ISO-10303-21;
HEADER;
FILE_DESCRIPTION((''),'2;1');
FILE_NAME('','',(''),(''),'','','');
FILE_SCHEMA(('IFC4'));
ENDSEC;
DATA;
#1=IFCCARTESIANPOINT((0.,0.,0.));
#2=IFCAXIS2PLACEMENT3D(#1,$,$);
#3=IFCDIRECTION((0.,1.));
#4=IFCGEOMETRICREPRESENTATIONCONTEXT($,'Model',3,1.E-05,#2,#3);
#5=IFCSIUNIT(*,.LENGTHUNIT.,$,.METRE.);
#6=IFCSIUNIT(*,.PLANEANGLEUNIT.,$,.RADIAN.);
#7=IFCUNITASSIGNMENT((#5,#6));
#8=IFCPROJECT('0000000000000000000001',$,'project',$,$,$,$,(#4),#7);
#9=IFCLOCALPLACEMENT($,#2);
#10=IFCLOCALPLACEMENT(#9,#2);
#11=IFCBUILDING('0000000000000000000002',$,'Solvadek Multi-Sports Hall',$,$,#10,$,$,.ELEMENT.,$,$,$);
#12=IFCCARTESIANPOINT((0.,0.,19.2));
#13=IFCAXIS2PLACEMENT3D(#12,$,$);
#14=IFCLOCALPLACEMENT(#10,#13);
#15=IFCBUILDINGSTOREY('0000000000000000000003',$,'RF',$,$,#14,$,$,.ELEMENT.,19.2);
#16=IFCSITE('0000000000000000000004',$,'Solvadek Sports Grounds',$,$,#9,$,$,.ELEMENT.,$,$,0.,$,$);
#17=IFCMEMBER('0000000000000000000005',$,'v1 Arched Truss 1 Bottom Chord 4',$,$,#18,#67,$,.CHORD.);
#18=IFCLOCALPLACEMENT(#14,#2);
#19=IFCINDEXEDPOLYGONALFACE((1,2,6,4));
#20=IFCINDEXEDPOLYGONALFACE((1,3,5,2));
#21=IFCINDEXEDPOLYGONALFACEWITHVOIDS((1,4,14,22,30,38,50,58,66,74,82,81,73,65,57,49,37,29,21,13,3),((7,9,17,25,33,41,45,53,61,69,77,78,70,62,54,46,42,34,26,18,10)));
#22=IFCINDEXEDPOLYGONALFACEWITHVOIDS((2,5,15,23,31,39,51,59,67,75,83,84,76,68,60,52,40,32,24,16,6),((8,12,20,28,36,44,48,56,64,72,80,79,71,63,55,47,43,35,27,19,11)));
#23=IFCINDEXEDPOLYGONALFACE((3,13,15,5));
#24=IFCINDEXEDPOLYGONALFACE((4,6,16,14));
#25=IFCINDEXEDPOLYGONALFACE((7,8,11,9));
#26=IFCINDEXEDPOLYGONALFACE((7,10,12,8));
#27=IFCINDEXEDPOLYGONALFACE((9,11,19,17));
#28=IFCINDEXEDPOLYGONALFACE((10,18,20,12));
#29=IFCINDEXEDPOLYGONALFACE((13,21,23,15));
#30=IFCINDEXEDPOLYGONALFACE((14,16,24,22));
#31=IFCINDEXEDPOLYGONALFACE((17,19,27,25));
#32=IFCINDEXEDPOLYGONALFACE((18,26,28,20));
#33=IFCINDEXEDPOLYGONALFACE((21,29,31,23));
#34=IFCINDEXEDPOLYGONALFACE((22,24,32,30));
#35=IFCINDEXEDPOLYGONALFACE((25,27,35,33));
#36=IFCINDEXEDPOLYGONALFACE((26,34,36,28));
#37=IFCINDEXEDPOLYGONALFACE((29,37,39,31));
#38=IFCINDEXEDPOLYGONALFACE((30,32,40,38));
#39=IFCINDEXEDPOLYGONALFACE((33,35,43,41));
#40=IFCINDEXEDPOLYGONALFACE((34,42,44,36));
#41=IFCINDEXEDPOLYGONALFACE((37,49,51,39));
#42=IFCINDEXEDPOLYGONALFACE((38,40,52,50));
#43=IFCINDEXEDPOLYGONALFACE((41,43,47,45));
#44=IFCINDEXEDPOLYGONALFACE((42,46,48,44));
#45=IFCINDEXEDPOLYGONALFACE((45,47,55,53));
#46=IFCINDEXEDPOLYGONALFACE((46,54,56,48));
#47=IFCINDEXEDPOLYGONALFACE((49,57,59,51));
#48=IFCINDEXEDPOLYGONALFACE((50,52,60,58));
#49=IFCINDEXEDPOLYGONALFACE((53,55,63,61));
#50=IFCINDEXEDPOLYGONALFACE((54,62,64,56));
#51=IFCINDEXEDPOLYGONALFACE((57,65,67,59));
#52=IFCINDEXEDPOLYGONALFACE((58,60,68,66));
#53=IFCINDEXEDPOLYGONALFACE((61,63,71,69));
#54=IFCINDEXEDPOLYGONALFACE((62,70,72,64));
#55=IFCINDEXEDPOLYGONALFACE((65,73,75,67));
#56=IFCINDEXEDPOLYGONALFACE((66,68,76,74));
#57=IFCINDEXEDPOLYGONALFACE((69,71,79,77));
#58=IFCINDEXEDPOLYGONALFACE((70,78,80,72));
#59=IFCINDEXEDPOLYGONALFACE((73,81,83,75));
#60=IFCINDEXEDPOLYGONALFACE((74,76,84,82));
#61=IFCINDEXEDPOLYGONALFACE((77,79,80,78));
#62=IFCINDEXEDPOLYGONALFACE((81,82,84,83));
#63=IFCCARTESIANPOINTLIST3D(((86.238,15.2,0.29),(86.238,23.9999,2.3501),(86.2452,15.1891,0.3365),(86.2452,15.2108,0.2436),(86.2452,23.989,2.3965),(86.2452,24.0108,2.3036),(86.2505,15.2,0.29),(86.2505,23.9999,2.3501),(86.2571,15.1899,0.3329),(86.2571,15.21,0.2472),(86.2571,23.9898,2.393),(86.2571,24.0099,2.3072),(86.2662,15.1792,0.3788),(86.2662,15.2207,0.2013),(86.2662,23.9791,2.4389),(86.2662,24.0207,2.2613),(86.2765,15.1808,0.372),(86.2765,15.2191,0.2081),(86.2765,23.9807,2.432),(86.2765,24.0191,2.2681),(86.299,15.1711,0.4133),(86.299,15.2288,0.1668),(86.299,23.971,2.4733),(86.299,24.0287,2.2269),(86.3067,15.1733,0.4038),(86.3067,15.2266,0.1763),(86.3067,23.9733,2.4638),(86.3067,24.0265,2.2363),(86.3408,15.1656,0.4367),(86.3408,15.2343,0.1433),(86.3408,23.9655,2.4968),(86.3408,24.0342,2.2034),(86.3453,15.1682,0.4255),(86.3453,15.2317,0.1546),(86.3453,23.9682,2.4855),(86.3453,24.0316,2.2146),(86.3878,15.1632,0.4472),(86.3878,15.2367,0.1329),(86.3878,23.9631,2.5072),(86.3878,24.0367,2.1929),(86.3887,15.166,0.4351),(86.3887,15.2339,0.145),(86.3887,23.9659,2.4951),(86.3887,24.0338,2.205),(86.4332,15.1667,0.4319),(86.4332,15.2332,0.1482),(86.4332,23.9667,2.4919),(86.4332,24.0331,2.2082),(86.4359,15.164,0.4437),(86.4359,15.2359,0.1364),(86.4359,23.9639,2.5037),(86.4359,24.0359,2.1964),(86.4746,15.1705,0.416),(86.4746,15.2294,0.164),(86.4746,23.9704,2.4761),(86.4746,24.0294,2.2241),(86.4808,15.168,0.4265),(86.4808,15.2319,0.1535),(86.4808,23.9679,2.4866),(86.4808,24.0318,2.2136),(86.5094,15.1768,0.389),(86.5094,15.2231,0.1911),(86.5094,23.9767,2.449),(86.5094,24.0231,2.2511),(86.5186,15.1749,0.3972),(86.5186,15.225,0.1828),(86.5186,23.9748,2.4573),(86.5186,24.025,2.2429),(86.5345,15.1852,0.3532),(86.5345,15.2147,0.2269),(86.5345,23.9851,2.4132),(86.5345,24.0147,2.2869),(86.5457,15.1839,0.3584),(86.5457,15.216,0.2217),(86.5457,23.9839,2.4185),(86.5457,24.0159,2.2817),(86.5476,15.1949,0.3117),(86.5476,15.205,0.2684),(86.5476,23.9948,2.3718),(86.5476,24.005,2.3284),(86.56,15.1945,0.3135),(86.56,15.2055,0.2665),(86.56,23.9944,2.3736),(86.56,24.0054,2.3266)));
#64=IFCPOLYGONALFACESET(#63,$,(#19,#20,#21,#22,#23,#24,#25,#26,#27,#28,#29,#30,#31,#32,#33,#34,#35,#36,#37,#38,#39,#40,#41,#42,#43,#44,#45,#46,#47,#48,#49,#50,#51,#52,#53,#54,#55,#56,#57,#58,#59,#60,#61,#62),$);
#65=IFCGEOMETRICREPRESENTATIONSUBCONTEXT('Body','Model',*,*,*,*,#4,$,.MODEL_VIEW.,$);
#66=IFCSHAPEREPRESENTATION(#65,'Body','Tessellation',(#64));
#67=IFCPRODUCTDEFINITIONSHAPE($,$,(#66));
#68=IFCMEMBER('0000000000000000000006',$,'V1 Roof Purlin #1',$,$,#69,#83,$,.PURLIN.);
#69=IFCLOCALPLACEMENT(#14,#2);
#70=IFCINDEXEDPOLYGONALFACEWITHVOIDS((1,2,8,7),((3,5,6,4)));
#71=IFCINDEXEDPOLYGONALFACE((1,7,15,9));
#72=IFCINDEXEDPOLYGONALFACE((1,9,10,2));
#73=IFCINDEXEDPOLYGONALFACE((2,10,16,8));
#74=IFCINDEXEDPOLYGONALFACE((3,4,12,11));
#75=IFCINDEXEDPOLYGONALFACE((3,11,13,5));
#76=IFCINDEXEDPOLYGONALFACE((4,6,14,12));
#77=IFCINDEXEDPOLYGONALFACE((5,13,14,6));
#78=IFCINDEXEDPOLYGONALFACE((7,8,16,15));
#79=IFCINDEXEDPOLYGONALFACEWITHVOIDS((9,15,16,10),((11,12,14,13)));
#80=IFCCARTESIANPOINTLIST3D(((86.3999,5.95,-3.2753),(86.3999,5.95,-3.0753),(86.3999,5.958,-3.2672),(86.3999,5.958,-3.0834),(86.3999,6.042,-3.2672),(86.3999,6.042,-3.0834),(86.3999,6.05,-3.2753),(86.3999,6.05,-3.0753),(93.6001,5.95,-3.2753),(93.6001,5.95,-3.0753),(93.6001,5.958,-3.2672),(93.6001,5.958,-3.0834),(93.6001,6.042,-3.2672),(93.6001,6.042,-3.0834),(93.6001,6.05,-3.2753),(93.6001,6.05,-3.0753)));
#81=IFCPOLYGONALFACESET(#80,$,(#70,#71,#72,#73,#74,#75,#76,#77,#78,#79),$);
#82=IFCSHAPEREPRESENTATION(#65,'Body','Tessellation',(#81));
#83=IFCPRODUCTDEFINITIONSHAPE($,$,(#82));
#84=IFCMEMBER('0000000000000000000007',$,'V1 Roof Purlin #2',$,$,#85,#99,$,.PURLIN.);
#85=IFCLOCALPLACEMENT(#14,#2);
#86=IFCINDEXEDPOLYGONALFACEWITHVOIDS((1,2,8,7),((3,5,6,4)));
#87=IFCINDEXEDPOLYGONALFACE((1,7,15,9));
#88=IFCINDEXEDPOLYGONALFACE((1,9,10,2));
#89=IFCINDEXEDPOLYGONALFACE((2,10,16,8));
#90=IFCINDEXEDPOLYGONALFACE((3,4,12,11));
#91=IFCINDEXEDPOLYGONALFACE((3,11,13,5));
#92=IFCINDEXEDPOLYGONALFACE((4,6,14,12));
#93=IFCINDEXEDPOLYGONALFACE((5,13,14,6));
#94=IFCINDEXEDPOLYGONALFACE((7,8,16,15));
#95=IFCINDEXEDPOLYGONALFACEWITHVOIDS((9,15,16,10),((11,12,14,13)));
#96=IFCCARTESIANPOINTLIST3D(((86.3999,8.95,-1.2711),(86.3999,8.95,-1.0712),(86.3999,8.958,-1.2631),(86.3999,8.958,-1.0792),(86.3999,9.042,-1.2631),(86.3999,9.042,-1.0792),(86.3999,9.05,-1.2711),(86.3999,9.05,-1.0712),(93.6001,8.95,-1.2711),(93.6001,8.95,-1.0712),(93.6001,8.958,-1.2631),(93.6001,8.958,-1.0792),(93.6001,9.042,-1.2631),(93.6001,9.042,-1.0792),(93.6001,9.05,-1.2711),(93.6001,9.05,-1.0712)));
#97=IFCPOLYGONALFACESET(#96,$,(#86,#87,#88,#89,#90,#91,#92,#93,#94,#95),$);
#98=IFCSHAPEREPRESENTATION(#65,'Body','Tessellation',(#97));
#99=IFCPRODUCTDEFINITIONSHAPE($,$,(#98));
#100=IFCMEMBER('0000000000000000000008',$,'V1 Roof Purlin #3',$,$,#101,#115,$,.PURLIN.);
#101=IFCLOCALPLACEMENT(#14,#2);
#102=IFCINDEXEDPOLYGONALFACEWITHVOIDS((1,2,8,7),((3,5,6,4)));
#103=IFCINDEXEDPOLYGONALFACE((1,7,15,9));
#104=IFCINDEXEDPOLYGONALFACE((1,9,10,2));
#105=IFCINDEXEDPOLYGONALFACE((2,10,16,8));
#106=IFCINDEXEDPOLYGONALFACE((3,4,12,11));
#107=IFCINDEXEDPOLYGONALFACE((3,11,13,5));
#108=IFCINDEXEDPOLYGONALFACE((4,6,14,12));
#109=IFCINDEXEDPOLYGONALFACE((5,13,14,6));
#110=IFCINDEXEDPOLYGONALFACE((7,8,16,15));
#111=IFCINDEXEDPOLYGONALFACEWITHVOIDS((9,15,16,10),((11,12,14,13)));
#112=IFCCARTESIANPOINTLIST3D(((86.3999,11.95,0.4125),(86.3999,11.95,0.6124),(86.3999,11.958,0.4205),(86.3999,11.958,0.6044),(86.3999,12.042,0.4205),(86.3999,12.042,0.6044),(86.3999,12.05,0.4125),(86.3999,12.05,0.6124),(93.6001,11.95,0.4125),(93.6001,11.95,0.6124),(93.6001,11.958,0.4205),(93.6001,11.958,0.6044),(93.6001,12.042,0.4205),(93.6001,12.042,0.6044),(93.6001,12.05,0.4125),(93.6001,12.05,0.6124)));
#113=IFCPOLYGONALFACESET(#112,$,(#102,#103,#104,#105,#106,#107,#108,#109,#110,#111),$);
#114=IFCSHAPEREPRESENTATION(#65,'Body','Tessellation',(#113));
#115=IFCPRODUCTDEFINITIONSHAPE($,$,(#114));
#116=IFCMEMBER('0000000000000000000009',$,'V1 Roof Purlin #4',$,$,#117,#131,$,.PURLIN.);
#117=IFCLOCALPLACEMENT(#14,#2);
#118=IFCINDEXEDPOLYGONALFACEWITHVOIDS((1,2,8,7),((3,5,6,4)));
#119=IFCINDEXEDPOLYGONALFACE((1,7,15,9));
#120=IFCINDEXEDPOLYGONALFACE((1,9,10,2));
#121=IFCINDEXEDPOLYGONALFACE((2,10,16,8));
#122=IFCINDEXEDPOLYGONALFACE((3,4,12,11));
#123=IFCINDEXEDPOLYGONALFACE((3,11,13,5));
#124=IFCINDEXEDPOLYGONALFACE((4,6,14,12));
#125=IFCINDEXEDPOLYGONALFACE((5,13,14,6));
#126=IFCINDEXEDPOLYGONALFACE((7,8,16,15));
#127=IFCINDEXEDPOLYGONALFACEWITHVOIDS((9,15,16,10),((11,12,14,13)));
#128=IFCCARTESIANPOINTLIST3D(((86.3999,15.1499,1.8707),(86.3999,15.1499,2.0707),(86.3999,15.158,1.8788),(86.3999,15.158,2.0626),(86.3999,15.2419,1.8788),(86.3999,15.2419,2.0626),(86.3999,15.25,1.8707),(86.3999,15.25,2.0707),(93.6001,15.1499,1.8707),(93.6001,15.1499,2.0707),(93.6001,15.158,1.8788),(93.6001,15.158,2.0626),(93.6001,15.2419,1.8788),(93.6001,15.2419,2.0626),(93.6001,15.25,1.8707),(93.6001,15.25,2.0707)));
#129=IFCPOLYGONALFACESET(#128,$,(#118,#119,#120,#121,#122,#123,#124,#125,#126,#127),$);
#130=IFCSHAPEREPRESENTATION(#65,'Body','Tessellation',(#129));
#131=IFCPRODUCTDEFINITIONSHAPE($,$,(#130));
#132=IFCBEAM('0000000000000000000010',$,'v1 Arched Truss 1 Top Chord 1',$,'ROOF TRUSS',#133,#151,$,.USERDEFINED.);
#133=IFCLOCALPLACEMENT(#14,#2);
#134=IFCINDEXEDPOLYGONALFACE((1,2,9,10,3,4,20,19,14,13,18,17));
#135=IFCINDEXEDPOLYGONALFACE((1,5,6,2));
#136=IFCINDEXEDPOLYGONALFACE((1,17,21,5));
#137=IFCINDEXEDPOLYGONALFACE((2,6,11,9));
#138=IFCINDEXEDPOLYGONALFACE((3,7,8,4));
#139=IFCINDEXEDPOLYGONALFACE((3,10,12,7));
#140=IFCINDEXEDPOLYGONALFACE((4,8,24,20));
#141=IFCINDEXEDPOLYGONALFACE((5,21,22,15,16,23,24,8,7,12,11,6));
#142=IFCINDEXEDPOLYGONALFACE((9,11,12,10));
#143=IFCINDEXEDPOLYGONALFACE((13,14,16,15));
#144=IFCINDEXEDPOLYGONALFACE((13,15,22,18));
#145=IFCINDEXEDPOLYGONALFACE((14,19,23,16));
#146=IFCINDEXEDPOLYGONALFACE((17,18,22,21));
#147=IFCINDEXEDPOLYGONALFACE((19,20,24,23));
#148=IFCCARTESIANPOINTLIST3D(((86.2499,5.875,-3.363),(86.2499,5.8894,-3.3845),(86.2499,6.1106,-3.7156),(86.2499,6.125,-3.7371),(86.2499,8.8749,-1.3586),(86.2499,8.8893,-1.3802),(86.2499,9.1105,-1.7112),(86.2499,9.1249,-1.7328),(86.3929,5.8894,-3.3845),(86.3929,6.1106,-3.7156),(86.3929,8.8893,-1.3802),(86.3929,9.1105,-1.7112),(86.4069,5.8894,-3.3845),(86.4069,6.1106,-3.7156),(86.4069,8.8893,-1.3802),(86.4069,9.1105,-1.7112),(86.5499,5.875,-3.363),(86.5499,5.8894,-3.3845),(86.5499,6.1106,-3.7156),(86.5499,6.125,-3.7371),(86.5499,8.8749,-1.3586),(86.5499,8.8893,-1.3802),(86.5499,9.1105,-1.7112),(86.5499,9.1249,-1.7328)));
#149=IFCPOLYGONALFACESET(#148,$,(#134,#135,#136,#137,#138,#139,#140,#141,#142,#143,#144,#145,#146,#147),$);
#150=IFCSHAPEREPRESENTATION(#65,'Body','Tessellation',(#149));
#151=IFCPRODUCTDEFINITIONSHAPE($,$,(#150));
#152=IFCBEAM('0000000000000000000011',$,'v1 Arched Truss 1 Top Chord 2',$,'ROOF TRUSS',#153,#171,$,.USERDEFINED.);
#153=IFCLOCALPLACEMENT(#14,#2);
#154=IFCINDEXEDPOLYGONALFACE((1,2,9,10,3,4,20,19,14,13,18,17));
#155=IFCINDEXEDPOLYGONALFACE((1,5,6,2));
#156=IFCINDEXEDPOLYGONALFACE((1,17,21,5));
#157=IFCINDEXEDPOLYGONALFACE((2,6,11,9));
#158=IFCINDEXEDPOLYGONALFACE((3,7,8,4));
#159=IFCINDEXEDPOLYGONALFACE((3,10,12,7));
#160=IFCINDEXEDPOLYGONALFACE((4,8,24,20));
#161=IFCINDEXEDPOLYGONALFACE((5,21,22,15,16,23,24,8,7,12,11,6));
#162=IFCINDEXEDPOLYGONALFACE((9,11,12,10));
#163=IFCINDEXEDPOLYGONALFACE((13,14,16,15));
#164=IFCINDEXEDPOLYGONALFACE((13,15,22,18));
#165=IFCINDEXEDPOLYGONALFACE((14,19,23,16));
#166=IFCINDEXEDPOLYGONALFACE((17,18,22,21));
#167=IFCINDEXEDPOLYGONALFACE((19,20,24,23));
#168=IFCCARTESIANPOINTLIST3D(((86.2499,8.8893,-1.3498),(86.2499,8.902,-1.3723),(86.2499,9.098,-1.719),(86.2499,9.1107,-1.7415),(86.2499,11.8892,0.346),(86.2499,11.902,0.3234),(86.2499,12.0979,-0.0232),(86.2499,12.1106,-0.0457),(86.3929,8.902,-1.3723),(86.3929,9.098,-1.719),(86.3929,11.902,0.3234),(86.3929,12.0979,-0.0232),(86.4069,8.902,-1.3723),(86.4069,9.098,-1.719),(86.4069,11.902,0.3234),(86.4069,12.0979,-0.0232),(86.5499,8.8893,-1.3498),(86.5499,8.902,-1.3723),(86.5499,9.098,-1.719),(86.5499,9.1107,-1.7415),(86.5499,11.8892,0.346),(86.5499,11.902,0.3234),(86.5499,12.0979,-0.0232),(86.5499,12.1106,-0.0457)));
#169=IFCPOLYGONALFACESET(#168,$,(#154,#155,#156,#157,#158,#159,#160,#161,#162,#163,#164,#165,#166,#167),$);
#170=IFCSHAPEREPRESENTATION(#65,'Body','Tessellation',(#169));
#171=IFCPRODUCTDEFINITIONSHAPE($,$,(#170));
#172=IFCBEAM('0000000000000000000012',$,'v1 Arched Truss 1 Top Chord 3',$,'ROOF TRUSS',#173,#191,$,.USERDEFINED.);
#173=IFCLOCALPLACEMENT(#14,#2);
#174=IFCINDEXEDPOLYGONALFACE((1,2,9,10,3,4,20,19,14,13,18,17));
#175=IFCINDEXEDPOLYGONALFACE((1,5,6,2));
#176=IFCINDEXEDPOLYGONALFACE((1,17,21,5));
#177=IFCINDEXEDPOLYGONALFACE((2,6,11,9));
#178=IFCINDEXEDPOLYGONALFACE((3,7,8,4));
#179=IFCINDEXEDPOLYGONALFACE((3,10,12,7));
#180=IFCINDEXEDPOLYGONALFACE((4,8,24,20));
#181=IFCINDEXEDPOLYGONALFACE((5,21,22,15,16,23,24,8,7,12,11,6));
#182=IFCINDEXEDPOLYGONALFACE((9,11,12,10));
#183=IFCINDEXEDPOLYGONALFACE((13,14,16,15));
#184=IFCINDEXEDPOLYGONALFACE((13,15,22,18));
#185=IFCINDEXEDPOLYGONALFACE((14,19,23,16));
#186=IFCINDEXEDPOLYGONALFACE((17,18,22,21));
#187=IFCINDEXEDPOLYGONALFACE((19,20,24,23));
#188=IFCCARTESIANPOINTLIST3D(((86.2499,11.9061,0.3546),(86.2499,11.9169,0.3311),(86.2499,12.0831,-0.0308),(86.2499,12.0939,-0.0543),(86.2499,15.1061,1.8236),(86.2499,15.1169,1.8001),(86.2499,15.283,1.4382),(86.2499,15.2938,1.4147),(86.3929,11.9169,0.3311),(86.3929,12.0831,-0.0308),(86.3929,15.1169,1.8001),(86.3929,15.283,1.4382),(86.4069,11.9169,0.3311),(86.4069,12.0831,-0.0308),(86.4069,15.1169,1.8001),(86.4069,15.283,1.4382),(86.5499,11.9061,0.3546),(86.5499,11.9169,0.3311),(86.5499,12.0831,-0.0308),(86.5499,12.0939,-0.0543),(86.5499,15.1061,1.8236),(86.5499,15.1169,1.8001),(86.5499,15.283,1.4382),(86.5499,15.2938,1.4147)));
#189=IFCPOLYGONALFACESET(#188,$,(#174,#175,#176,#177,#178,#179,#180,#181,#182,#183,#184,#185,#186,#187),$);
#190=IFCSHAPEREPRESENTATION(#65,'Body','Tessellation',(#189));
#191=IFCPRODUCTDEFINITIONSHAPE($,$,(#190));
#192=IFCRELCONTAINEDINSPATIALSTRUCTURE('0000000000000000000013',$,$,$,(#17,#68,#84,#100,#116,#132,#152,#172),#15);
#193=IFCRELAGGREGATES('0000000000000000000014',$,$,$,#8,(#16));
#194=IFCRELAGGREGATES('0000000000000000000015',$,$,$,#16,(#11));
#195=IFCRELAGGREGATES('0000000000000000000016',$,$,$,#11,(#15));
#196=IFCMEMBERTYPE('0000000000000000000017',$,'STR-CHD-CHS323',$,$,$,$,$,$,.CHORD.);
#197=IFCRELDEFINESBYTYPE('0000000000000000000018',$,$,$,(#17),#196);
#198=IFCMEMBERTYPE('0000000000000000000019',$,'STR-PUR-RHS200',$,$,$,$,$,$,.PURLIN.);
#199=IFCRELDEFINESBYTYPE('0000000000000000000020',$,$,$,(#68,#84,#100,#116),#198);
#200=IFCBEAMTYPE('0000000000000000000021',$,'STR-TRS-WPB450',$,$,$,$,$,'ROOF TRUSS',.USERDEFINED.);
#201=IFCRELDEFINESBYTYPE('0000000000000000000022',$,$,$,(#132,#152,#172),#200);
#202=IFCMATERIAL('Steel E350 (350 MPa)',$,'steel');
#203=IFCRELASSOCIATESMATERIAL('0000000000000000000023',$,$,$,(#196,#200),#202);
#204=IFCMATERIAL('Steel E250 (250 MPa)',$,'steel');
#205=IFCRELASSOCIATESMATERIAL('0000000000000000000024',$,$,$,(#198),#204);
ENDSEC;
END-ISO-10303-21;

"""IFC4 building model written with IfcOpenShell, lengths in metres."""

from ifc_helpers import new_model, si_unit, direction, frame, origin, origin_2d, place, context, subcontext, project, spatial, hollow_rectangle, hollow_circle, i_section, extrude, material, material_profile, profile_set, type_object, element, save


model = new_model("IFC4")

# Units and contexts
model_context = context("Model", 3, precision=1e-05, world=origin(), true_north=direction((0.0, 1.0)))
body_context = subcontext(model_context, "Body", "Model", "MODEL_VIEW")
ifc_project = project(units=[si_unit("LENGTHUNIT", "METRE"), si_unit("PLANEANGLEUNIT", "RADIAN")], contexts=[model_context])

# Site, building, storey
site_placement = place(None, origin())
site = spatial("IfcSite", under=ifc_project, at=site_placement, Name="Solvadek Sports Grounds", CompositionType="ELEMENT", RefElevation=0.0)
building_placement = place(site_placement, origin())
building = spatial("IfcBuilding", under=site, at=building_placement, Name="Solvadek Multi-Sports Hall", CompositionType="ELEMENT")
storey_placement = place(building_placement, frame((0.0, 0.0, 19.2)))
storey = spatial("IfcBuildingStorey", under=building, at=storey_placement, Name="RF", CompositionType="ELEMENT", Elevation=19.2)

# Shared definitions
ifc_material_1 = material(Name="Steel E350 (350 MPa)", Category="steel")

# Members
ifc_material_profile_1 = material_profile(ifc_material_1, hollow_circle(Radius=0.1619, WallThickness=0.0125, at=origin_2d()), Name="CHS 323.9x12.5")
ifc_profile_set_1 = profile_set([ifc_material_profile_1], Name="Steel E350 (350 MPa)")
member_type_1 = type_object("IfcMemberType", Name="STR-CHD-CHS323", PredefinedType="CHORD", material=ifc_profile_set_1)
member_1_placement = place(storey_placement, frame((86.3999, 15.2, 0.29), z_axis=(0.0, 0.973677, 0.227934), x_axis=(-1.0, 0.0, 0.0)))
element("IfcMember", 1, at=member_1_placement, inside=storey, type_object=member_type_1, Name="v1 Arched Truss 1 Bottom Chord 4", PredefinedType="CHORD", context=body_context, shape_type="SweptSolid", body=[
    extrude(hollow_circle(Radius=0.1619, WallThickness=0.0125, at=origin_2d()), origin(), (0.0, 0.0, 1.0), 9.0378),
])
ifc_material_2 = material(Name="Steel E250 (250 MPa)", Category="steel")
ifc_material_profile_2 = material_profile(ifc_material_2, hollow_rectangle(XDim=0.1001, YDim=0.2, WallThickness=0.0081, at=origin_2d()), Name="RHS 200x100x8")
ifc_profile_set_2 = profile_set([ifc_material_profile_2], Name="Steel E250 (250 MPa)")
member_type_2 = type_object("IfcMemberType", Name="STR-PUR-RHS200", PredefinedType="PURLIN", material=ifc_profile_set_2)
for number, where, z_axis, x_axis, name in (
    (2, (86.3999, 6.0, -3.1753), (1.0, 0.0, 0.0), (0.0, 1.0, 0.0), "V1 Roof Purlin #1"),
    (3, (86.3999, 9.0, -1.1711), (1.0, 0.0, 0.0), (0.0, 1.0, 0.0), "V1 Roof Purlin #2"),
    (4, (86.3999, 12.0, 0.5125), (1.0, 0.0, 0.0), (0.0, 1.0, 0.0), "V1 Roof Purlin #3"),
    (5, (86.3999, 15.2, 1.9707), (1.0, 0.0, 0.0), (0.0, 1.0, 0.0), "V1 Roof Purlin #4"),
):
    element("IfcMember", number, at=place(storey_placement, frame(where, z_axis=z_axis, x_axis=x_axis)), inside=storey, type_object=member_type_2, Name=name, PredefinedType="PURLIN", context=body_context, shape_type="SweptSolid", body=[
        extrude(hollow_rectangle(XDim=0.1001, YDim=0.2, WallThickness=0.0081, at=origin_2d()), origin(), (0.0, 0.0, 1.0), 7.2002),
    ])

# Beams
ifc_material_profile_3 = material_profile(ifc_material_1, i_section(OverallWidth=0.3, OverallDepth=0.45, WebThickness=0.0139, FlangeThickness=0.0259, at=origin_2d()), Name="WPB 450")
ifc_profile_set_3 = profile_set([ifc_material_profile_3], Name="Steel E350 (350 MPa)")
beam_type_1 = type_object("IfcBeamType", Name="STR-TRS-WPB450", ElementType="ROOF TRUSS", PredefinedType="USERDEFINED", material=ifc_profile_set_3)
beam_1_placement = place(storey_placement, frame((86.3999, 6.0, -3.55), z_axis=(0.0, 0.831488, 0.555543), x_axis=(-1.0, 0.0, 0.0)))
element("IfcBeam", 6, at=beam_1_placement, inside=storey, type_object=beam_type_1, Name="v1 Arched Truss 1 Top Chord 1", ObjectType="ROOF TRUSS", PredefinedType="USERDEFINED", context=body_context, shape_type="SweptSolid", body=[
    extrude(i_section(OverallWidth=0.3, OverallDepth=0.45, WebThickness=0.0139, FlangeThickness=0.0259, at=origin_2d()), origin(), (0.0, 0.0, 1.0), 3.6079),
])
beam_2_placement = place(storey_placement, frame((86.3999, 9.0, -1.5457), z_axis=(0.0, 0.870544, 0.49209), x_axis=(-1.0, 0.0, 0.0)))
element("IfcBeam", 7, at=beam_2_placement, inside=storey, type_object=beam_type_1, Name="v1 Arched Truss 1 Top Chord 2", ObjectType="ROOF TRUSS", PredefinedType="USERDEFINED", context=body_context, shape_type="SweptSolid", body=[
    extrude(i_section(OverallWidth=0.3, OverallDepth=0.45, WebThickness=0.0139, FlangeThickness=0.0259, at=origin_2d()), origin(), (0.0, 0.0, 1.0), 3.446),
])
beam_3_placement = place(storey_placement, frame((86.3999, 12.0, 0.1501), z_axis=(0.0, 0.908812, 0.417206), x_axis=(-1.0, 0.0, 0.0)))
element("IfcBeam", 8, at=beam_3_placement, inside=storey, type_object=beam_type_1, Name="v1 Arched Truss 1 Top Chord 3", ObjectType="ROOF TRUSS", PredefinedType="USERDEFINED", context=body_context, shape_type="SweptSolid", body=[
    extrude(i_section(OverallWidth=0.3, OverallDepth=0.45, WebThickness=0.0139, FlangeThickness=0.0259, at=origin_2d()), origin(), (0.0, 0.0, 1.0), 3.521),
])

save(model, "model.ifc")
